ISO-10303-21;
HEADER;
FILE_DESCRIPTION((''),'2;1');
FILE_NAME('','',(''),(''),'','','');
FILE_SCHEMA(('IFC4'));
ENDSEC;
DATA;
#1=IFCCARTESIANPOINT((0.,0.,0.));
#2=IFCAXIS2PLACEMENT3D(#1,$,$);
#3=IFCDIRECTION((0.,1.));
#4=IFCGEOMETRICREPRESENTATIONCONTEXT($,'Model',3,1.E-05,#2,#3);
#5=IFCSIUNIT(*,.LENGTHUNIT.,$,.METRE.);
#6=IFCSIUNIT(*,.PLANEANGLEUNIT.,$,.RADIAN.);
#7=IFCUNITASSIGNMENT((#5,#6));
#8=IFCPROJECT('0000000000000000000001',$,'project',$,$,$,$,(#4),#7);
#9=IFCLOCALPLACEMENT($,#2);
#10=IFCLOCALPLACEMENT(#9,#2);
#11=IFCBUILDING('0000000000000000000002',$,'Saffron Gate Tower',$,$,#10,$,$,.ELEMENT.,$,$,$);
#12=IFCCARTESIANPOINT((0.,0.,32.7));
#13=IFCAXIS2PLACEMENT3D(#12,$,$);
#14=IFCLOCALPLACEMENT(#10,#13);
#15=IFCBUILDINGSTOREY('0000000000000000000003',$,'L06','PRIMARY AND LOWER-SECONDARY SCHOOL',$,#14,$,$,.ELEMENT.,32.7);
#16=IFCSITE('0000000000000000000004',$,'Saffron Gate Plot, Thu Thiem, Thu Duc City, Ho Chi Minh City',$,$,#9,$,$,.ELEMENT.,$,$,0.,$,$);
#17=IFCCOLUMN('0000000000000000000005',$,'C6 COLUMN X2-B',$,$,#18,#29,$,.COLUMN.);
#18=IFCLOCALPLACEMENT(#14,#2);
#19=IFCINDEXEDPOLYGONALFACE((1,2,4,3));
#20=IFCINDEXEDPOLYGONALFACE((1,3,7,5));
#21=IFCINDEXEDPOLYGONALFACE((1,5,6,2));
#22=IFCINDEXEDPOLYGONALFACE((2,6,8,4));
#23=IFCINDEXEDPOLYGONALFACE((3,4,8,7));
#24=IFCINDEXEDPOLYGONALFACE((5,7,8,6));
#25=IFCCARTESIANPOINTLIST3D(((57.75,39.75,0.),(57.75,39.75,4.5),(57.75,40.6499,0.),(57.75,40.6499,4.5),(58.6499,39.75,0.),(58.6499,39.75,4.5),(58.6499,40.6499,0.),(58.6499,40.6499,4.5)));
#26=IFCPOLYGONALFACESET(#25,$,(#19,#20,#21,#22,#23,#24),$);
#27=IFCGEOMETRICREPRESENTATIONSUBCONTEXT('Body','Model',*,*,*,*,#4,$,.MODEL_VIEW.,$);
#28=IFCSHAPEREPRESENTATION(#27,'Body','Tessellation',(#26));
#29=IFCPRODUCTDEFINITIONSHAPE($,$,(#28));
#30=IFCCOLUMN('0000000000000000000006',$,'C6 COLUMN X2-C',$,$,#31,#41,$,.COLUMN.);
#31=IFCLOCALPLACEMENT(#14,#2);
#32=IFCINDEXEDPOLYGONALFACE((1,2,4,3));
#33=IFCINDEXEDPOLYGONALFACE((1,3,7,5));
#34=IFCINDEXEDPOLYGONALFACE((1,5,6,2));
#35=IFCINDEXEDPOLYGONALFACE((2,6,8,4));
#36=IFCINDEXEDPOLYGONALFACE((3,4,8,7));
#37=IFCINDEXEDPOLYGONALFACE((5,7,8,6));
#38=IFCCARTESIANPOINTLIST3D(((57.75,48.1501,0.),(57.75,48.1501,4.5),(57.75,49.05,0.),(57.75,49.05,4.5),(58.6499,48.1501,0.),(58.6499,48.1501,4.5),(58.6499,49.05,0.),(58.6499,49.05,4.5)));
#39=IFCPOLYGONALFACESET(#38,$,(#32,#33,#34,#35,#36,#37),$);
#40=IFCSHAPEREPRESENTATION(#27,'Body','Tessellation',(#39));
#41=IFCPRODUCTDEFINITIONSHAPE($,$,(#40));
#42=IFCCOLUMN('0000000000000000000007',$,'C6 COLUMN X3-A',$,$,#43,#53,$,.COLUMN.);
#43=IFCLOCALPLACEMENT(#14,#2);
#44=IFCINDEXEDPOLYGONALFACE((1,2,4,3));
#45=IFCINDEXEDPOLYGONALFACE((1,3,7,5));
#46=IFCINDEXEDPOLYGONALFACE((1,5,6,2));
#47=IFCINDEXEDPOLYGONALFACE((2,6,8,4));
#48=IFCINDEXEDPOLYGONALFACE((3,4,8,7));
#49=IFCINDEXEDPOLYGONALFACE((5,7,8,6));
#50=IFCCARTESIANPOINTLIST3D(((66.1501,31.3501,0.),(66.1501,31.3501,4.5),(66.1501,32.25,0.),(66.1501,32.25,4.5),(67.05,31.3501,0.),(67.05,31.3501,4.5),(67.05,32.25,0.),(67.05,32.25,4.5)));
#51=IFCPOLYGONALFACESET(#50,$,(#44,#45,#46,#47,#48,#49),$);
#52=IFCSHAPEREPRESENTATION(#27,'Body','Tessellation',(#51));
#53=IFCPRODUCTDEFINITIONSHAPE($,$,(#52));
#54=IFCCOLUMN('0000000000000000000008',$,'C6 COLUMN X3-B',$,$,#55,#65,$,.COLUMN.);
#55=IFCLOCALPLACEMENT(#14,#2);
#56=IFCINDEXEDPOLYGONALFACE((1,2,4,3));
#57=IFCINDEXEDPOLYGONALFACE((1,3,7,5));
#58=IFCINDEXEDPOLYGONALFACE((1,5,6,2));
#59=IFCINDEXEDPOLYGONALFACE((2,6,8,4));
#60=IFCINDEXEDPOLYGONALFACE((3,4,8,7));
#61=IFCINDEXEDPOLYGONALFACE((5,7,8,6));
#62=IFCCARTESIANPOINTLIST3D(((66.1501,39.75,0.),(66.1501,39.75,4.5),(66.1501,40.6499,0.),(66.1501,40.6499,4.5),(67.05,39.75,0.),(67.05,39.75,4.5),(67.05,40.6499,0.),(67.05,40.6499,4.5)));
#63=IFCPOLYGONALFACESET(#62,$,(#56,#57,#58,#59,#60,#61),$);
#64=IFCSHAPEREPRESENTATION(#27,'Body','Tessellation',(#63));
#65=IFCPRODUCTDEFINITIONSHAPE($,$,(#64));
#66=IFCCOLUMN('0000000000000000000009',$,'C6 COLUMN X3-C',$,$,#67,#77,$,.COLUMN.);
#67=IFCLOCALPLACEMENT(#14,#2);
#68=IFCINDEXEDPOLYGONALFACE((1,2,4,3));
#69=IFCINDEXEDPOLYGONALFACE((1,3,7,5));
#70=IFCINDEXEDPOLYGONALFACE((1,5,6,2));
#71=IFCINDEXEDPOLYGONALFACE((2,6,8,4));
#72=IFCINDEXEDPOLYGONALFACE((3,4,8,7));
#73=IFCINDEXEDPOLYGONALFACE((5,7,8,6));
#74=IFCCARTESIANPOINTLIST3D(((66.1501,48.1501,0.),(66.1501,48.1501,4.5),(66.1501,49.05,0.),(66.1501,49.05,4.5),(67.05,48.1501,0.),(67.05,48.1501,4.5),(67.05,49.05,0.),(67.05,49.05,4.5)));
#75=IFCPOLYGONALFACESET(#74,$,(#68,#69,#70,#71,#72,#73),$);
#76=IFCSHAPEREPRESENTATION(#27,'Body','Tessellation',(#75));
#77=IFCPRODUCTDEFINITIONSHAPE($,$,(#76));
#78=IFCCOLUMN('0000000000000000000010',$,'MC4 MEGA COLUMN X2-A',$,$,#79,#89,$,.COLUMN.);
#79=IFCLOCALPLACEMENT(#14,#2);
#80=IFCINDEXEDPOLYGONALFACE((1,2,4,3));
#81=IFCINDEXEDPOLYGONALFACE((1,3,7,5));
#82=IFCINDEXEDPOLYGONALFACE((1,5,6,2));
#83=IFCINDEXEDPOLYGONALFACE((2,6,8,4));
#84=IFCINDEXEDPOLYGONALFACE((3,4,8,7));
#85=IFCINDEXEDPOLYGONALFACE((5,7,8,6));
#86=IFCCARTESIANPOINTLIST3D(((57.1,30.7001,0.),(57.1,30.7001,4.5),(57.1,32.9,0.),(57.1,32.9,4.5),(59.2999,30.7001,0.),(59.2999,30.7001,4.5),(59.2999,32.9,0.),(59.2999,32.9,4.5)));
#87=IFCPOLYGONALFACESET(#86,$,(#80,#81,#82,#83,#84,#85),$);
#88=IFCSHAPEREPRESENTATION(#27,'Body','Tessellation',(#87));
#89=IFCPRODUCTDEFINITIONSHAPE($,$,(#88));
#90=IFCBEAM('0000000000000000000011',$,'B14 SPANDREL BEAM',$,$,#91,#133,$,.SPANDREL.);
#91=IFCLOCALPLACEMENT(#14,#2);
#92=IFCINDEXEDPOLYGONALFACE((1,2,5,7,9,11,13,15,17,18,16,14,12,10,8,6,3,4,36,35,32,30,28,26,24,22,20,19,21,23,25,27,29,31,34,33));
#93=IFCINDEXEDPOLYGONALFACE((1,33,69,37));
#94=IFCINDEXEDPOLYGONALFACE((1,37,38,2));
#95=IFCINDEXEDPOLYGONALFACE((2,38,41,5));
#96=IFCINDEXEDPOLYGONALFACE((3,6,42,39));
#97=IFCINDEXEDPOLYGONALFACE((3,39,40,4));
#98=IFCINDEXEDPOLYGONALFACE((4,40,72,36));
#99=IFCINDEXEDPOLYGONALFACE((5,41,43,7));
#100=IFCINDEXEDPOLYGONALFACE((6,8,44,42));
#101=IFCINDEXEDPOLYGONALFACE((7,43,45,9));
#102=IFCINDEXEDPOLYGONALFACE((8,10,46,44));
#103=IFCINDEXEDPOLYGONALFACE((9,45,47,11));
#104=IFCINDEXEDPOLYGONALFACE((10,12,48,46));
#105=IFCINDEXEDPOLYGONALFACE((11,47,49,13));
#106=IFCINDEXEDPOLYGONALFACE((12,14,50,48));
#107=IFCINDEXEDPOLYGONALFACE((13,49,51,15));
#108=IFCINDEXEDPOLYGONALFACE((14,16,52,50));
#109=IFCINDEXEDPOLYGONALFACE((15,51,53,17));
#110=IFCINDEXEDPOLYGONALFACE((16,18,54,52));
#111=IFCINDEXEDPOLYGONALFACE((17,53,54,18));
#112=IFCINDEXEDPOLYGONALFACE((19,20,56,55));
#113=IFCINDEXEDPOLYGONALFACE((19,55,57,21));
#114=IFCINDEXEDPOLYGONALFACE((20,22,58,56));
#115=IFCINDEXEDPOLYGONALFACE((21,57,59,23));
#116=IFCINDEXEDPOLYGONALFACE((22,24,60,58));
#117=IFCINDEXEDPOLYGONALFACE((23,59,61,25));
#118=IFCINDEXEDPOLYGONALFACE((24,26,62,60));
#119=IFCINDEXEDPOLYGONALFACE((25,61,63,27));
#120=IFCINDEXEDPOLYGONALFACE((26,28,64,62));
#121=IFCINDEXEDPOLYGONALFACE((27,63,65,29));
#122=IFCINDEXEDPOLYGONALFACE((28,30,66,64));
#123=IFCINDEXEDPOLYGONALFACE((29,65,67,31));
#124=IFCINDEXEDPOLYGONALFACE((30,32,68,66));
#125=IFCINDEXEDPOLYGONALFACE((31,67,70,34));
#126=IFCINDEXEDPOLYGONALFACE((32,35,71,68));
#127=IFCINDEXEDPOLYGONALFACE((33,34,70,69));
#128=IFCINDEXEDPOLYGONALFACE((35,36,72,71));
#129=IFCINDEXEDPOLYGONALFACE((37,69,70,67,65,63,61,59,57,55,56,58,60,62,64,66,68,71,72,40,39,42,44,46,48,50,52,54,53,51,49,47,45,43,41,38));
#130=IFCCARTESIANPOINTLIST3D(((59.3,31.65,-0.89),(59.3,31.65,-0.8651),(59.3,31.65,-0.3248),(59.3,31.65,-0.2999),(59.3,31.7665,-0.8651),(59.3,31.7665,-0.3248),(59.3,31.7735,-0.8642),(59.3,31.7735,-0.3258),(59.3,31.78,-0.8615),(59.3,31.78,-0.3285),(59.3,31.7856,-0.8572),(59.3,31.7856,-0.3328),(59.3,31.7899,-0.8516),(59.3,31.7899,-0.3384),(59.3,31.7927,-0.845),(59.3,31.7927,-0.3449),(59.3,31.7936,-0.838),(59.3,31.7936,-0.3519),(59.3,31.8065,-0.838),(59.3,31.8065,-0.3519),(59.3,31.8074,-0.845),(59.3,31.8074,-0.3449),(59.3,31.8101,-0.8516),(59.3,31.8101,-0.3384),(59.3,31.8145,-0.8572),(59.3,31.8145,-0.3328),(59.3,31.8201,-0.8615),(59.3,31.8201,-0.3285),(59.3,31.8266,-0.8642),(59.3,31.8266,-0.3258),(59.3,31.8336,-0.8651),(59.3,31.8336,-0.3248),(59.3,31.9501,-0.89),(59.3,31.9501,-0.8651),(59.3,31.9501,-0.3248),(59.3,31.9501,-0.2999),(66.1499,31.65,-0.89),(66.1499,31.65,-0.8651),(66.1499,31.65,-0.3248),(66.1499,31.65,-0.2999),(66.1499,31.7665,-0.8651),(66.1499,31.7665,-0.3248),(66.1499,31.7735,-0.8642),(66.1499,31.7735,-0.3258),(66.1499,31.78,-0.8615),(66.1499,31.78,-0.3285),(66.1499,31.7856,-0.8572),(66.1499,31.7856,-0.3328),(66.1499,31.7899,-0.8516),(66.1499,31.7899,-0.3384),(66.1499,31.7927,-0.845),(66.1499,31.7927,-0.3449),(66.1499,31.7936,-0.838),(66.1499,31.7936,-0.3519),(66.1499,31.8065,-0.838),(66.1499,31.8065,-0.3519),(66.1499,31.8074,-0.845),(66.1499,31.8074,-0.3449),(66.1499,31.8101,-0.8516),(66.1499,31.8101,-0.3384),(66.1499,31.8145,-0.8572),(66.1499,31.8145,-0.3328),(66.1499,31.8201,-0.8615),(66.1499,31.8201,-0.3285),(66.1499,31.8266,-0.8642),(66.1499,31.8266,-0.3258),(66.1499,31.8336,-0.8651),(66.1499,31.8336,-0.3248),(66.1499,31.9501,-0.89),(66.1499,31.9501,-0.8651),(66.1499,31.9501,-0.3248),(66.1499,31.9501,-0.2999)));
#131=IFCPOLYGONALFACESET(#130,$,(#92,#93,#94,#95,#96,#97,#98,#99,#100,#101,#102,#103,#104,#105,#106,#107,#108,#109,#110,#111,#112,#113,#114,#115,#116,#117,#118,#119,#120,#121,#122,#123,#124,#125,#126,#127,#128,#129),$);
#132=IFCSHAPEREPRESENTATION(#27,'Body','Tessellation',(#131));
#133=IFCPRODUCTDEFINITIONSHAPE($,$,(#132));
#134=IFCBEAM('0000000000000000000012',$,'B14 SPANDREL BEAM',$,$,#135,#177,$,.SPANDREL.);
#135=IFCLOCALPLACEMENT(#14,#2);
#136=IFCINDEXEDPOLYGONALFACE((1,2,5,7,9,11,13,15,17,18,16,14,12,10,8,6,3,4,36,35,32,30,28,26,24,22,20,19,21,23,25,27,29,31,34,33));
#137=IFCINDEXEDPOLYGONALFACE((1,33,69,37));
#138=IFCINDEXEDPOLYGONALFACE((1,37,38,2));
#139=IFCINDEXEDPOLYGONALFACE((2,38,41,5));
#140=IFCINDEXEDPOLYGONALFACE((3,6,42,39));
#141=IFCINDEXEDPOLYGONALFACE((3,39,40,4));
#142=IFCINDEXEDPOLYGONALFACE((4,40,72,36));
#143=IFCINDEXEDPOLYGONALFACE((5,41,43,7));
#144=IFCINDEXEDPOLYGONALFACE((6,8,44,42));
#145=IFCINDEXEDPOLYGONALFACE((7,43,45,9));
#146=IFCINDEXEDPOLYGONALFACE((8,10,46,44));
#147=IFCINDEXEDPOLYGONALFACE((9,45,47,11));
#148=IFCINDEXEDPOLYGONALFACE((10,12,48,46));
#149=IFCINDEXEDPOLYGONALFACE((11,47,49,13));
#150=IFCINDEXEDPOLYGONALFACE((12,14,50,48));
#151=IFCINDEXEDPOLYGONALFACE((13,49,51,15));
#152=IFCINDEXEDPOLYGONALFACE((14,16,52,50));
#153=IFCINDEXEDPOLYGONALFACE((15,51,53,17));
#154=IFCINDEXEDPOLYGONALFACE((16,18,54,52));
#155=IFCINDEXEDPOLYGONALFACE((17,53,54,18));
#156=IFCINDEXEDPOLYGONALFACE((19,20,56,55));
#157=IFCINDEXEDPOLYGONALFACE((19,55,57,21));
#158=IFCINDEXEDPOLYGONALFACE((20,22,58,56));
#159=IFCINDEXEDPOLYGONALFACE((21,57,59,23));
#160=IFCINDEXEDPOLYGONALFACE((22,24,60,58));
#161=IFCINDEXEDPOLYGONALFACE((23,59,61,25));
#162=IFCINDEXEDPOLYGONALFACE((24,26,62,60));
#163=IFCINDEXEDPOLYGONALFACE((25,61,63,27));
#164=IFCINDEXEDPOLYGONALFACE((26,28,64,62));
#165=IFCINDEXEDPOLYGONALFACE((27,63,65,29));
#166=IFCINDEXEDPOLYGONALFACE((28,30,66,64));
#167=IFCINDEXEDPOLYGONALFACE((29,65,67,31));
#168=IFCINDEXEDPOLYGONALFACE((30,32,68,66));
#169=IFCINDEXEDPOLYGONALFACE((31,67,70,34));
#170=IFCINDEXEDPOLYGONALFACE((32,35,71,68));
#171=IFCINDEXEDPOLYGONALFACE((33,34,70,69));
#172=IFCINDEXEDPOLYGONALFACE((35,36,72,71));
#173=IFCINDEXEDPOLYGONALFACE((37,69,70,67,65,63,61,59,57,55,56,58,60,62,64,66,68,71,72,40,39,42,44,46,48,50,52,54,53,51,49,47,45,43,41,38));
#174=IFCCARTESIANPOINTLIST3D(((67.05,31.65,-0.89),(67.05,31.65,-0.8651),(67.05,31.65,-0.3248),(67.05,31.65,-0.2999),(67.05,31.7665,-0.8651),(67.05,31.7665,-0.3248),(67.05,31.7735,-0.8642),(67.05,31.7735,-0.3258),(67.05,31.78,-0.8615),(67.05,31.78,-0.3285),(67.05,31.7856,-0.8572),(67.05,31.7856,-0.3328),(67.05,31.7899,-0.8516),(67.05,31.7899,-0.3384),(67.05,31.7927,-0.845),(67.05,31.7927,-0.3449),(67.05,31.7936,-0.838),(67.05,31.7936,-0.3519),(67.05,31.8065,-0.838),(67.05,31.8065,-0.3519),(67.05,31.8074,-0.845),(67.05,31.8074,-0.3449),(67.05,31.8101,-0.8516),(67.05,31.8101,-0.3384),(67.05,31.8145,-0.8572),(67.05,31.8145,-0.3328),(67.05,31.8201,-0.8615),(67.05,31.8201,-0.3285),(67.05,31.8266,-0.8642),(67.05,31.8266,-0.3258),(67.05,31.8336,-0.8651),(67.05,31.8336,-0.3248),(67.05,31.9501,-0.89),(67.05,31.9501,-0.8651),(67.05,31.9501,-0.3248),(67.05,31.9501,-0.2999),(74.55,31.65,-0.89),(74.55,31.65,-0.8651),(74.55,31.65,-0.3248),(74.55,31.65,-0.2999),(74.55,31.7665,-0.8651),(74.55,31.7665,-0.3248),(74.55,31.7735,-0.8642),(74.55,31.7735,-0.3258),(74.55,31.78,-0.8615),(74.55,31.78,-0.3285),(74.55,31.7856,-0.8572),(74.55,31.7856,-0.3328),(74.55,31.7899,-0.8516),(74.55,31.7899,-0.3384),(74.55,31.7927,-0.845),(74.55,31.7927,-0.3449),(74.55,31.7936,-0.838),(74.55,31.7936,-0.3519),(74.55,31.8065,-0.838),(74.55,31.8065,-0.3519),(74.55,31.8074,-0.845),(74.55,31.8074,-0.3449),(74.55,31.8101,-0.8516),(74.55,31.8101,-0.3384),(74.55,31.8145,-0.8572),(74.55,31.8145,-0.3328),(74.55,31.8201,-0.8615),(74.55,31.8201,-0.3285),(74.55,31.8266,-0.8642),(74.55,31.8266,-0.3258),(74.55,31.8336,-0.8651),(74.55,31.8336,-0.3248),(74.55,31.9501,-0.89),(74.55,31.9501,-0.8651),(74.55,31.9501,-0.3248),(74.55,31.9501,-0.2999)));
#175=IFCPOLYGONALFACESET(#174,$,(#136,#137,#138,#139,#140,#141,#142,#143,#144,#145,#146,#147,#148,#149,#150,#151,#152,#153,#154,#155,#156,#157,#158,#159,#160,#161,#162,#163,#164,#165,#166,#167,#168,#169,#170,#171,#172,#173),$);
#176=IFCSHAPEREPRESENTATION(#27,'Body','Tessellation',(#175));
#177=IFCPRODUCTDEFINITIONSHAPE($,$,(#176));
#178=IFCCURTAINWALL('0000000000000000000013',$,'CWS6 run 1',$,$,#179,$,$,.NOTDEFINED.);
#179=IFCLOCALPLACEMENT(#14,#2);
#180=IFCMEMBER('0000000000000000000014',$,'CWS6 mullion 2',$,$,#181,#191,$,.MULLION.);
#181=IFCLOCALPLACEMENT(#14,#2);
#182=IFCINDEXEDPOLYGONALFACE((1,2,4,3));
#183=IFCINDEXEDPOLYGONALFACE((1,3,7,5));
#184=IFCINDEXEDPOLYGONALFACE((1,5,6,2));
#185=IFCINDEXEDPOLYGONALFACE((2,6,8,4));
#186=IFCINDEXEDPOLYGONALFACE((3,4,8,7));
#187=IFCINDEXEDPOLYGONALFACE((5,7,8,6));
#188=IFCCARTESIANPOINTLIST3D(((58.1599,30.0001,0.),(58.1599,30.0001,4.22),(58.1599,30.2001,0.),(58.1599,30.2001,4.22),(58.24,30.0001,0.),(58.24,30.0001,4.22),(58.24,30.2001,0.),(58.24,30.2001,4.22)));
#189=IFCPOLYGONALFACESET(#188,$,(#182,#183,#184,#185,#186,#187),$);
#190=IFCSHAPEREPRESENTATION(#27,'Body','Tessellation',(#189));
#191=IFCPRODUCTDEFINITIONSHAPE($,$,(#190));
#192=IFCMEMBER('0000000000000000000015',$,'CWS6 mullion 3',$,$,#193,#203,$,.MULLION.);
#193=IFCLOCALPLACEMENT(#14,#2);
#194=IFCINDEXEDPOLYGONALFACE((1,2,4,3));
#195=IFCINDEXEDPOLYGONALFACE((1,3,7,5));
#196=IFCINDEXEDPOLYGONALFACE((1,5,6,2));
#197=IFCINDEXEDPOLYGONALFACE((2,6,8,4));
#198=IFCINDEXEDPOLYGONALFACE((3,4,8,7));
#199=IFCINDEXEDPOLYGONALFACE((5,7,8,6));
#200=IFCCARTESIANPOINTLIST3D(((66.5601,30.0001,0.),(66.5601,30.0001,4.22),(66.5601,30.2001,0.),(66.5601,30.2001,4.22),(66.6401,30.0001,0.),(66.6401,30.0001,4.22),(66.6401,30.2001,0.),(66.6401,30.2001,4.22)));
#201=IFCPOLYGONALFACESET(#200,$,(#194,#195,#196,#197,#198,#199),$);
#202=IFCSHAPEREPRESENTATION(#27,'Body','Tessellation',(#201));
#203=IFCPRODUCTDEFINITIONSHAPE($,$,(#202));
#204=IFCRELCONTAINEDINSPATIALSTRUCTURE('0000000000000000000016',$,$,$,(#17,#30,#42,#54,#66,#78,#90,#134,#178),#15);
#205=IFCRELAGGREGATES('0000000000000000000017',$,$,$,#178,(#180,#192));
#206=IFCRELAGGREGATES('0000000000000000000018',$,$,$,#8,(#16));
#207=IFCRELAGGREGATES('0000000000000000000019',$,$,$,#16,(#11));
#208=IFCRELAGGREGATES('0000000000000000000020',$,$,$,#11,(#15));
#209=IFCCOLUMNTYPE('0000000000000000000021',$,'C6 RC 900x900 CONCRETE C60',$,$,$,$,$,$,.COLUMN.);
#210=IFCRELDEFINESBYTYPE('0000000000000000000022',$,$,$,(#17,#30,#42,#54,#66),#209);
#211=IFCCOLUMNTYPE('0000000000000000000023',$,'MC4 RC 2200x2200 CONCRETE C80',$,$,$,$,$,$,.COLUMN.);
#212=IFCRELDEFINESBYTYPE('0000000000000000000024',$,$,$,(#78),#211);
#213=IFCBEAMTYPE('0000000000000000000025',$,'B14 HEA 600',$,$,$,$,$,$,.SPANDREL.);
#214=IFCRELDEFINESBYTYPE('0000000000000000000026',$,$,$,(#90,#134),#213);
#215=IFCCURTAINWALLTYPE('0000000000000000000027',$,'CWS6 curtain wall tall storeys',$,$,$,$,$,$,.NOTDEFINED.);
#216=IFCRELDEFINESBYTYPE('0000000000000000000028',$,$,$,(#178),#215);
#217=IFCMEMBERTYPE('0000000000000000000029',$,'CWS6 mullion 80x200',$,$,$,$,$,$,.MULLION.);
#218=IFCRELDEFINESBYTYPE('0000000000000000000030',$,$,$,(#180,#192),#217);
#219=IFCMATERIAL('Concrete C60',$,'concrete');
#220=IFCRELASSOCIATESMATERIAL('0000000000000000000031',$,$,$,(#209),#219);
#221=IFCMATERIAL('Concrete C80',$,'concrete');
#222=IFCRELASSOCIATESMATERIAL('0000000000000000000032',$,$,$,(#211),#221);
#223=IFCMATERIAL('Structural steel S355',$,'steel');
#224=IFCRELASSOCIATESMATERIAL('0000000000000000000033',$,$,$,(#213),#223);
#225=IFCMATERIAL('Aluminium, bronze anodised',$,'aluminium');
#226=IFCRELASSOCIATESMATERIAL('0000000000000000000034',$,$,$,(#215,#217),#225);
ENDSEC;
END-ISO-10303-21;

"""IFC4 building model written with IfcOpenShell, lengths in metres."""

from ifc_helpers import new_model, si_unit, direction, frame, origin, origin_2d, place, context, subcontext, project, spatial, rectangle, i_section, extrude, material, material_profile, profile_set, type_object, element, aggregate, save


model = new_model("IFC4")

# Units and contexts
model_context = context("Model", 3, precision=1e-05, world=origin(), true_north=direction((0.0, 1.0)))
body_context = subcontext(model_context, "Body", "Model", "MODEL_VIEW")
ifc_project = project(units=[si_unit("LENGTHUNIT", "METRE"), si_unit("PLANEANGLEUNIT", "RADIAN")], contexts=[model_context])

# Site, building, storey
site_placement = place(None, origin())
site = spatial("IfcSite", under=ifc_project, at=site_placement, Name="Saffron Gate Plot, Thu Thiem, Thu Duc City, Ho Chi Minh City", CompositionType="ELEMENT", RefElevation=0.0)
building_placement = place(site_placement, origin())
building = spatial("IfcBuilding", under=site, at=building_placement, Name="Saffron Gate Tower", CompositionType="ELEMENT")
storey_placement = place(building_placement, frame((0.0, 0.0, 32.7)))
storey = spatial("IfcBuildingStorey", under=building, at=storey_placement, Name="L06", Description="PRIMARY AND LOWER-SECONDARY SCHOOL", CompositionType="ELEMENT", Elevation=32.7)

# Columns
ifc_material_1 = material(Name="Concrete C60", Category="concrete")
ifc_material_profile_1 = material_profile(ifc_material_1, rectangle(XDim=0.8999, YDim=0.8999, at=origin_2d()))
ifc_profile_set_1 = profile_set([ifc_material_profile_1], Name="Concrete C60")
column_type_1 = type_object("IfcColumnType", Name="C6 RC 900x900 CONCRETE C60", PredefinedType="COLUMN", material=ifc_profile_set_1)
for number, where, z_axis, x_axis, name in (
    (1, (58.2, 40.2, 0.0), (0.0, 0.0, 1.0), (1.0, 0.0, 0.0), "C6 COLUMN X2-B"),
    (2, (58.2, 48.6001, 0.0), (0.0, 0.0, 1.0), (1.0, 0.0, 0.0), "C6 COLUMN X2-C"),
    (3, (66.6001, 31.8, 0.0), (0.0, 0.0, 1.0), (1.0, 0.0, 0.0), "C6 COLUMN X3-A"),
    (4, (66.6001, 40.2, 0.0), (0.0, 0.0, 1.0), (1.0, 0.0, 0.0), "C6 COLUMN X3-B"),
    (5, (66.6001, 48.6001, 0.0), (0.0, 0.0, 1.0), (1.0, 0.0, 0.0), "C6 COLUMN X3-C"),
):
    element("IfcColumn", number, at=place(storey_placement, frame(where, z_axis=z_axis, x_axis=x_axis)), inside=storey, type_object=column_type_1, Name=name, PredefinedType="COLUMN", context=body_context, shape_type="SweptSolid", body=[
        extrude(rectangle(XDim=0.8999, YDim=0.8999, at=origin_2d()), origin(), (0.0, 0.0, 1.0), 4.5),
    ])
ifc_material_2 = material(Name="Concrete C80", Category="concrete")
ifc_material_profile_2 = material_profile(ifc_material_2, rectangle(XDim=2.2, YDim=2.2, at=origin_2d()))
ifc_profile_set_2 = profile_set([ifc_material_profile_2], Name="Concrete C80")
column_type_2 = type_object("IfcColumnType", Name="MC4 RC 2200x2200 CONCRETE C80", PredefinedType="COLUMN", material=ifc_profile_set_2)
column_placement = place(storey_placement, frame((58.2, 31.8, 0.0), z_axis=(0.0, 0.0, 1.0), x_axis=(1.0, 0.0, 0.0)))
element("IfcColumn", 6, at=column_placement, inside=storey, type_object=column_type_2, Name="MC4 MEGA COLUMN X2-A", PredefinedType="COLUMN", context=body_context, shape_type="SweptSolid", body=[
    extrude(rectangle(XDim=2.2, YDim=2.2, at=origin_2d()), origin(), (0.0, 0.0, 1.0), 4.5),
])

# Beams
ifc_material_3 = material(Name="Structural steel S355", Category="steel")
ifc_material_profile_3 = material_profile(ifc_material_3, i_section(OverallWidth=0.3, OverallDepth=0.5901, WebThickness=0.0129, FlangeThickness=0.0249, FilletRadius=0.0271, at=origin_2d()))
ifc_profile_set_3 = profile_set([ifc_material_profile_3], Name="Structural steel S355")
beam_type = type_object("IfcBeamType", Name="B14 HEA 600", PredefinedType="SPANDREL", material=ifc_profile_set_3)
beam_1_placement = place(storey_placement, frame((59.3, 31.8, -0.595), z_axis=(1.0, 0.0, 0.0), x_axis=(0.0, 1.0, 0.0)))
element("IfcBeam", 7, at=beam_1_placement, inside=storey, type_object=beam_type, Name="B14 SPANDREL BEAM", PredefinedType="SPANDREL", context=body_context, shape_type="SweptSolid", body=[
    extrude(i_section(OverallWidth=0.3, OverallDepth=0.5901, WebThickness=0.0129, FlangeThickness=0.0249, FilletRadius=0.0271, at=origin_2d()), origin(), (0.0, 0.0, 1.0), 6.8499),
])
beam_2_placement = place(storey_placement, frame((67.05, 31.8, -0.595), z_axis=(1.0, 0.0, 0.0), x_axis=(0.0, 1.0, 0.0)))
element("IfcBeam", 8, at=beam_2_placement, inside=storey, type_object=beam_type, Name="B14 SPANDREL BEAM", PredefinedType="SPANDREL", context=body_context, shape_type="SweptSolid", body=[
    extrude(i_section(OverallWidth=0.3, OverallDepth=0.5901, WebThickness=0.0129, FlangeThickness=0.0249, FilletRadius=0.0271, at=origin_2d()), origin(), (0.0, 0.0, 1.0), 7.5),
])

# Curtain wall, members
ifc_material_4 = material(Name="Aluminium, bronze anodised", Category="aluminium")
curtain_wall_type = type_object("IfcCurtainWallType", Name="CWS6 curtain wall tall storeys", PredefinedType="NOTDEFINED", material=ifc_material_4)
curtain_wall_placement = place(storey_placement, origin())
curtain_wall = element("IfcCurtainWall", 9, at=curtain_wall_placement, inside=storey, type_object=curtain_wall_type, Name="CWS6 run 1", PredefinedType="NOTDEFINED")
ifc_material_profile_4 = material_profile(ifc_material_4, rectangle(XDim=0.2, YDim=0.0801, at=origin_2d()))
ifc_profile_set_4 = profile_set([ifc_material_profile_4], Name="Aluminium, bronze anodised")
member_type = type_object("IfcMemberType", Name="CWS6 mullion 80x200", PredefinedType="MULLION", material=ifc_profile_set_4)
member_1_placement = place(storey_placement, frame((58.2, 30.1001, 0.0), z_axis=(0.0, 0.0, 1.0), x_axis=(0.0, 1.0, 0.0)))
member_1 = element("IfcMember", 10, at=member_1_placement, type_object=member_type, Name="CWS6 mullion 2", PredefinedType="MULLION", context=body_context, shape_type="SweptSolid", body=[
    extrude(rectangle(XDim=0.2, YDim=0.0801, at=origin_2d()), origin(), (0.0, 0.0, 1.0), 4.22),
])
member_2_placement = place(storey_placement, frame((66.6001, 30.1001, 0.0), z_axis=(0.0, 0.0, 1.0), x_axis=(0.0, 1.0, 0.0)))
member_2 = element("IfcMember", 11, at=member_2_placement, type_object=member_type, Name="CWS6 mullion 3", PredefinedType="MULLION", context=body_context, shape_type="SweptSolid", body=[
    extrude(rectangle(XDim=0.2, YDim=0.0801, at=origin_2d()), origin(), (0.0, 0.0, 1.0), 4.22),
])
aggregate(curtain_wall, [member_1, member_2])

save(model, "model.ifc")
